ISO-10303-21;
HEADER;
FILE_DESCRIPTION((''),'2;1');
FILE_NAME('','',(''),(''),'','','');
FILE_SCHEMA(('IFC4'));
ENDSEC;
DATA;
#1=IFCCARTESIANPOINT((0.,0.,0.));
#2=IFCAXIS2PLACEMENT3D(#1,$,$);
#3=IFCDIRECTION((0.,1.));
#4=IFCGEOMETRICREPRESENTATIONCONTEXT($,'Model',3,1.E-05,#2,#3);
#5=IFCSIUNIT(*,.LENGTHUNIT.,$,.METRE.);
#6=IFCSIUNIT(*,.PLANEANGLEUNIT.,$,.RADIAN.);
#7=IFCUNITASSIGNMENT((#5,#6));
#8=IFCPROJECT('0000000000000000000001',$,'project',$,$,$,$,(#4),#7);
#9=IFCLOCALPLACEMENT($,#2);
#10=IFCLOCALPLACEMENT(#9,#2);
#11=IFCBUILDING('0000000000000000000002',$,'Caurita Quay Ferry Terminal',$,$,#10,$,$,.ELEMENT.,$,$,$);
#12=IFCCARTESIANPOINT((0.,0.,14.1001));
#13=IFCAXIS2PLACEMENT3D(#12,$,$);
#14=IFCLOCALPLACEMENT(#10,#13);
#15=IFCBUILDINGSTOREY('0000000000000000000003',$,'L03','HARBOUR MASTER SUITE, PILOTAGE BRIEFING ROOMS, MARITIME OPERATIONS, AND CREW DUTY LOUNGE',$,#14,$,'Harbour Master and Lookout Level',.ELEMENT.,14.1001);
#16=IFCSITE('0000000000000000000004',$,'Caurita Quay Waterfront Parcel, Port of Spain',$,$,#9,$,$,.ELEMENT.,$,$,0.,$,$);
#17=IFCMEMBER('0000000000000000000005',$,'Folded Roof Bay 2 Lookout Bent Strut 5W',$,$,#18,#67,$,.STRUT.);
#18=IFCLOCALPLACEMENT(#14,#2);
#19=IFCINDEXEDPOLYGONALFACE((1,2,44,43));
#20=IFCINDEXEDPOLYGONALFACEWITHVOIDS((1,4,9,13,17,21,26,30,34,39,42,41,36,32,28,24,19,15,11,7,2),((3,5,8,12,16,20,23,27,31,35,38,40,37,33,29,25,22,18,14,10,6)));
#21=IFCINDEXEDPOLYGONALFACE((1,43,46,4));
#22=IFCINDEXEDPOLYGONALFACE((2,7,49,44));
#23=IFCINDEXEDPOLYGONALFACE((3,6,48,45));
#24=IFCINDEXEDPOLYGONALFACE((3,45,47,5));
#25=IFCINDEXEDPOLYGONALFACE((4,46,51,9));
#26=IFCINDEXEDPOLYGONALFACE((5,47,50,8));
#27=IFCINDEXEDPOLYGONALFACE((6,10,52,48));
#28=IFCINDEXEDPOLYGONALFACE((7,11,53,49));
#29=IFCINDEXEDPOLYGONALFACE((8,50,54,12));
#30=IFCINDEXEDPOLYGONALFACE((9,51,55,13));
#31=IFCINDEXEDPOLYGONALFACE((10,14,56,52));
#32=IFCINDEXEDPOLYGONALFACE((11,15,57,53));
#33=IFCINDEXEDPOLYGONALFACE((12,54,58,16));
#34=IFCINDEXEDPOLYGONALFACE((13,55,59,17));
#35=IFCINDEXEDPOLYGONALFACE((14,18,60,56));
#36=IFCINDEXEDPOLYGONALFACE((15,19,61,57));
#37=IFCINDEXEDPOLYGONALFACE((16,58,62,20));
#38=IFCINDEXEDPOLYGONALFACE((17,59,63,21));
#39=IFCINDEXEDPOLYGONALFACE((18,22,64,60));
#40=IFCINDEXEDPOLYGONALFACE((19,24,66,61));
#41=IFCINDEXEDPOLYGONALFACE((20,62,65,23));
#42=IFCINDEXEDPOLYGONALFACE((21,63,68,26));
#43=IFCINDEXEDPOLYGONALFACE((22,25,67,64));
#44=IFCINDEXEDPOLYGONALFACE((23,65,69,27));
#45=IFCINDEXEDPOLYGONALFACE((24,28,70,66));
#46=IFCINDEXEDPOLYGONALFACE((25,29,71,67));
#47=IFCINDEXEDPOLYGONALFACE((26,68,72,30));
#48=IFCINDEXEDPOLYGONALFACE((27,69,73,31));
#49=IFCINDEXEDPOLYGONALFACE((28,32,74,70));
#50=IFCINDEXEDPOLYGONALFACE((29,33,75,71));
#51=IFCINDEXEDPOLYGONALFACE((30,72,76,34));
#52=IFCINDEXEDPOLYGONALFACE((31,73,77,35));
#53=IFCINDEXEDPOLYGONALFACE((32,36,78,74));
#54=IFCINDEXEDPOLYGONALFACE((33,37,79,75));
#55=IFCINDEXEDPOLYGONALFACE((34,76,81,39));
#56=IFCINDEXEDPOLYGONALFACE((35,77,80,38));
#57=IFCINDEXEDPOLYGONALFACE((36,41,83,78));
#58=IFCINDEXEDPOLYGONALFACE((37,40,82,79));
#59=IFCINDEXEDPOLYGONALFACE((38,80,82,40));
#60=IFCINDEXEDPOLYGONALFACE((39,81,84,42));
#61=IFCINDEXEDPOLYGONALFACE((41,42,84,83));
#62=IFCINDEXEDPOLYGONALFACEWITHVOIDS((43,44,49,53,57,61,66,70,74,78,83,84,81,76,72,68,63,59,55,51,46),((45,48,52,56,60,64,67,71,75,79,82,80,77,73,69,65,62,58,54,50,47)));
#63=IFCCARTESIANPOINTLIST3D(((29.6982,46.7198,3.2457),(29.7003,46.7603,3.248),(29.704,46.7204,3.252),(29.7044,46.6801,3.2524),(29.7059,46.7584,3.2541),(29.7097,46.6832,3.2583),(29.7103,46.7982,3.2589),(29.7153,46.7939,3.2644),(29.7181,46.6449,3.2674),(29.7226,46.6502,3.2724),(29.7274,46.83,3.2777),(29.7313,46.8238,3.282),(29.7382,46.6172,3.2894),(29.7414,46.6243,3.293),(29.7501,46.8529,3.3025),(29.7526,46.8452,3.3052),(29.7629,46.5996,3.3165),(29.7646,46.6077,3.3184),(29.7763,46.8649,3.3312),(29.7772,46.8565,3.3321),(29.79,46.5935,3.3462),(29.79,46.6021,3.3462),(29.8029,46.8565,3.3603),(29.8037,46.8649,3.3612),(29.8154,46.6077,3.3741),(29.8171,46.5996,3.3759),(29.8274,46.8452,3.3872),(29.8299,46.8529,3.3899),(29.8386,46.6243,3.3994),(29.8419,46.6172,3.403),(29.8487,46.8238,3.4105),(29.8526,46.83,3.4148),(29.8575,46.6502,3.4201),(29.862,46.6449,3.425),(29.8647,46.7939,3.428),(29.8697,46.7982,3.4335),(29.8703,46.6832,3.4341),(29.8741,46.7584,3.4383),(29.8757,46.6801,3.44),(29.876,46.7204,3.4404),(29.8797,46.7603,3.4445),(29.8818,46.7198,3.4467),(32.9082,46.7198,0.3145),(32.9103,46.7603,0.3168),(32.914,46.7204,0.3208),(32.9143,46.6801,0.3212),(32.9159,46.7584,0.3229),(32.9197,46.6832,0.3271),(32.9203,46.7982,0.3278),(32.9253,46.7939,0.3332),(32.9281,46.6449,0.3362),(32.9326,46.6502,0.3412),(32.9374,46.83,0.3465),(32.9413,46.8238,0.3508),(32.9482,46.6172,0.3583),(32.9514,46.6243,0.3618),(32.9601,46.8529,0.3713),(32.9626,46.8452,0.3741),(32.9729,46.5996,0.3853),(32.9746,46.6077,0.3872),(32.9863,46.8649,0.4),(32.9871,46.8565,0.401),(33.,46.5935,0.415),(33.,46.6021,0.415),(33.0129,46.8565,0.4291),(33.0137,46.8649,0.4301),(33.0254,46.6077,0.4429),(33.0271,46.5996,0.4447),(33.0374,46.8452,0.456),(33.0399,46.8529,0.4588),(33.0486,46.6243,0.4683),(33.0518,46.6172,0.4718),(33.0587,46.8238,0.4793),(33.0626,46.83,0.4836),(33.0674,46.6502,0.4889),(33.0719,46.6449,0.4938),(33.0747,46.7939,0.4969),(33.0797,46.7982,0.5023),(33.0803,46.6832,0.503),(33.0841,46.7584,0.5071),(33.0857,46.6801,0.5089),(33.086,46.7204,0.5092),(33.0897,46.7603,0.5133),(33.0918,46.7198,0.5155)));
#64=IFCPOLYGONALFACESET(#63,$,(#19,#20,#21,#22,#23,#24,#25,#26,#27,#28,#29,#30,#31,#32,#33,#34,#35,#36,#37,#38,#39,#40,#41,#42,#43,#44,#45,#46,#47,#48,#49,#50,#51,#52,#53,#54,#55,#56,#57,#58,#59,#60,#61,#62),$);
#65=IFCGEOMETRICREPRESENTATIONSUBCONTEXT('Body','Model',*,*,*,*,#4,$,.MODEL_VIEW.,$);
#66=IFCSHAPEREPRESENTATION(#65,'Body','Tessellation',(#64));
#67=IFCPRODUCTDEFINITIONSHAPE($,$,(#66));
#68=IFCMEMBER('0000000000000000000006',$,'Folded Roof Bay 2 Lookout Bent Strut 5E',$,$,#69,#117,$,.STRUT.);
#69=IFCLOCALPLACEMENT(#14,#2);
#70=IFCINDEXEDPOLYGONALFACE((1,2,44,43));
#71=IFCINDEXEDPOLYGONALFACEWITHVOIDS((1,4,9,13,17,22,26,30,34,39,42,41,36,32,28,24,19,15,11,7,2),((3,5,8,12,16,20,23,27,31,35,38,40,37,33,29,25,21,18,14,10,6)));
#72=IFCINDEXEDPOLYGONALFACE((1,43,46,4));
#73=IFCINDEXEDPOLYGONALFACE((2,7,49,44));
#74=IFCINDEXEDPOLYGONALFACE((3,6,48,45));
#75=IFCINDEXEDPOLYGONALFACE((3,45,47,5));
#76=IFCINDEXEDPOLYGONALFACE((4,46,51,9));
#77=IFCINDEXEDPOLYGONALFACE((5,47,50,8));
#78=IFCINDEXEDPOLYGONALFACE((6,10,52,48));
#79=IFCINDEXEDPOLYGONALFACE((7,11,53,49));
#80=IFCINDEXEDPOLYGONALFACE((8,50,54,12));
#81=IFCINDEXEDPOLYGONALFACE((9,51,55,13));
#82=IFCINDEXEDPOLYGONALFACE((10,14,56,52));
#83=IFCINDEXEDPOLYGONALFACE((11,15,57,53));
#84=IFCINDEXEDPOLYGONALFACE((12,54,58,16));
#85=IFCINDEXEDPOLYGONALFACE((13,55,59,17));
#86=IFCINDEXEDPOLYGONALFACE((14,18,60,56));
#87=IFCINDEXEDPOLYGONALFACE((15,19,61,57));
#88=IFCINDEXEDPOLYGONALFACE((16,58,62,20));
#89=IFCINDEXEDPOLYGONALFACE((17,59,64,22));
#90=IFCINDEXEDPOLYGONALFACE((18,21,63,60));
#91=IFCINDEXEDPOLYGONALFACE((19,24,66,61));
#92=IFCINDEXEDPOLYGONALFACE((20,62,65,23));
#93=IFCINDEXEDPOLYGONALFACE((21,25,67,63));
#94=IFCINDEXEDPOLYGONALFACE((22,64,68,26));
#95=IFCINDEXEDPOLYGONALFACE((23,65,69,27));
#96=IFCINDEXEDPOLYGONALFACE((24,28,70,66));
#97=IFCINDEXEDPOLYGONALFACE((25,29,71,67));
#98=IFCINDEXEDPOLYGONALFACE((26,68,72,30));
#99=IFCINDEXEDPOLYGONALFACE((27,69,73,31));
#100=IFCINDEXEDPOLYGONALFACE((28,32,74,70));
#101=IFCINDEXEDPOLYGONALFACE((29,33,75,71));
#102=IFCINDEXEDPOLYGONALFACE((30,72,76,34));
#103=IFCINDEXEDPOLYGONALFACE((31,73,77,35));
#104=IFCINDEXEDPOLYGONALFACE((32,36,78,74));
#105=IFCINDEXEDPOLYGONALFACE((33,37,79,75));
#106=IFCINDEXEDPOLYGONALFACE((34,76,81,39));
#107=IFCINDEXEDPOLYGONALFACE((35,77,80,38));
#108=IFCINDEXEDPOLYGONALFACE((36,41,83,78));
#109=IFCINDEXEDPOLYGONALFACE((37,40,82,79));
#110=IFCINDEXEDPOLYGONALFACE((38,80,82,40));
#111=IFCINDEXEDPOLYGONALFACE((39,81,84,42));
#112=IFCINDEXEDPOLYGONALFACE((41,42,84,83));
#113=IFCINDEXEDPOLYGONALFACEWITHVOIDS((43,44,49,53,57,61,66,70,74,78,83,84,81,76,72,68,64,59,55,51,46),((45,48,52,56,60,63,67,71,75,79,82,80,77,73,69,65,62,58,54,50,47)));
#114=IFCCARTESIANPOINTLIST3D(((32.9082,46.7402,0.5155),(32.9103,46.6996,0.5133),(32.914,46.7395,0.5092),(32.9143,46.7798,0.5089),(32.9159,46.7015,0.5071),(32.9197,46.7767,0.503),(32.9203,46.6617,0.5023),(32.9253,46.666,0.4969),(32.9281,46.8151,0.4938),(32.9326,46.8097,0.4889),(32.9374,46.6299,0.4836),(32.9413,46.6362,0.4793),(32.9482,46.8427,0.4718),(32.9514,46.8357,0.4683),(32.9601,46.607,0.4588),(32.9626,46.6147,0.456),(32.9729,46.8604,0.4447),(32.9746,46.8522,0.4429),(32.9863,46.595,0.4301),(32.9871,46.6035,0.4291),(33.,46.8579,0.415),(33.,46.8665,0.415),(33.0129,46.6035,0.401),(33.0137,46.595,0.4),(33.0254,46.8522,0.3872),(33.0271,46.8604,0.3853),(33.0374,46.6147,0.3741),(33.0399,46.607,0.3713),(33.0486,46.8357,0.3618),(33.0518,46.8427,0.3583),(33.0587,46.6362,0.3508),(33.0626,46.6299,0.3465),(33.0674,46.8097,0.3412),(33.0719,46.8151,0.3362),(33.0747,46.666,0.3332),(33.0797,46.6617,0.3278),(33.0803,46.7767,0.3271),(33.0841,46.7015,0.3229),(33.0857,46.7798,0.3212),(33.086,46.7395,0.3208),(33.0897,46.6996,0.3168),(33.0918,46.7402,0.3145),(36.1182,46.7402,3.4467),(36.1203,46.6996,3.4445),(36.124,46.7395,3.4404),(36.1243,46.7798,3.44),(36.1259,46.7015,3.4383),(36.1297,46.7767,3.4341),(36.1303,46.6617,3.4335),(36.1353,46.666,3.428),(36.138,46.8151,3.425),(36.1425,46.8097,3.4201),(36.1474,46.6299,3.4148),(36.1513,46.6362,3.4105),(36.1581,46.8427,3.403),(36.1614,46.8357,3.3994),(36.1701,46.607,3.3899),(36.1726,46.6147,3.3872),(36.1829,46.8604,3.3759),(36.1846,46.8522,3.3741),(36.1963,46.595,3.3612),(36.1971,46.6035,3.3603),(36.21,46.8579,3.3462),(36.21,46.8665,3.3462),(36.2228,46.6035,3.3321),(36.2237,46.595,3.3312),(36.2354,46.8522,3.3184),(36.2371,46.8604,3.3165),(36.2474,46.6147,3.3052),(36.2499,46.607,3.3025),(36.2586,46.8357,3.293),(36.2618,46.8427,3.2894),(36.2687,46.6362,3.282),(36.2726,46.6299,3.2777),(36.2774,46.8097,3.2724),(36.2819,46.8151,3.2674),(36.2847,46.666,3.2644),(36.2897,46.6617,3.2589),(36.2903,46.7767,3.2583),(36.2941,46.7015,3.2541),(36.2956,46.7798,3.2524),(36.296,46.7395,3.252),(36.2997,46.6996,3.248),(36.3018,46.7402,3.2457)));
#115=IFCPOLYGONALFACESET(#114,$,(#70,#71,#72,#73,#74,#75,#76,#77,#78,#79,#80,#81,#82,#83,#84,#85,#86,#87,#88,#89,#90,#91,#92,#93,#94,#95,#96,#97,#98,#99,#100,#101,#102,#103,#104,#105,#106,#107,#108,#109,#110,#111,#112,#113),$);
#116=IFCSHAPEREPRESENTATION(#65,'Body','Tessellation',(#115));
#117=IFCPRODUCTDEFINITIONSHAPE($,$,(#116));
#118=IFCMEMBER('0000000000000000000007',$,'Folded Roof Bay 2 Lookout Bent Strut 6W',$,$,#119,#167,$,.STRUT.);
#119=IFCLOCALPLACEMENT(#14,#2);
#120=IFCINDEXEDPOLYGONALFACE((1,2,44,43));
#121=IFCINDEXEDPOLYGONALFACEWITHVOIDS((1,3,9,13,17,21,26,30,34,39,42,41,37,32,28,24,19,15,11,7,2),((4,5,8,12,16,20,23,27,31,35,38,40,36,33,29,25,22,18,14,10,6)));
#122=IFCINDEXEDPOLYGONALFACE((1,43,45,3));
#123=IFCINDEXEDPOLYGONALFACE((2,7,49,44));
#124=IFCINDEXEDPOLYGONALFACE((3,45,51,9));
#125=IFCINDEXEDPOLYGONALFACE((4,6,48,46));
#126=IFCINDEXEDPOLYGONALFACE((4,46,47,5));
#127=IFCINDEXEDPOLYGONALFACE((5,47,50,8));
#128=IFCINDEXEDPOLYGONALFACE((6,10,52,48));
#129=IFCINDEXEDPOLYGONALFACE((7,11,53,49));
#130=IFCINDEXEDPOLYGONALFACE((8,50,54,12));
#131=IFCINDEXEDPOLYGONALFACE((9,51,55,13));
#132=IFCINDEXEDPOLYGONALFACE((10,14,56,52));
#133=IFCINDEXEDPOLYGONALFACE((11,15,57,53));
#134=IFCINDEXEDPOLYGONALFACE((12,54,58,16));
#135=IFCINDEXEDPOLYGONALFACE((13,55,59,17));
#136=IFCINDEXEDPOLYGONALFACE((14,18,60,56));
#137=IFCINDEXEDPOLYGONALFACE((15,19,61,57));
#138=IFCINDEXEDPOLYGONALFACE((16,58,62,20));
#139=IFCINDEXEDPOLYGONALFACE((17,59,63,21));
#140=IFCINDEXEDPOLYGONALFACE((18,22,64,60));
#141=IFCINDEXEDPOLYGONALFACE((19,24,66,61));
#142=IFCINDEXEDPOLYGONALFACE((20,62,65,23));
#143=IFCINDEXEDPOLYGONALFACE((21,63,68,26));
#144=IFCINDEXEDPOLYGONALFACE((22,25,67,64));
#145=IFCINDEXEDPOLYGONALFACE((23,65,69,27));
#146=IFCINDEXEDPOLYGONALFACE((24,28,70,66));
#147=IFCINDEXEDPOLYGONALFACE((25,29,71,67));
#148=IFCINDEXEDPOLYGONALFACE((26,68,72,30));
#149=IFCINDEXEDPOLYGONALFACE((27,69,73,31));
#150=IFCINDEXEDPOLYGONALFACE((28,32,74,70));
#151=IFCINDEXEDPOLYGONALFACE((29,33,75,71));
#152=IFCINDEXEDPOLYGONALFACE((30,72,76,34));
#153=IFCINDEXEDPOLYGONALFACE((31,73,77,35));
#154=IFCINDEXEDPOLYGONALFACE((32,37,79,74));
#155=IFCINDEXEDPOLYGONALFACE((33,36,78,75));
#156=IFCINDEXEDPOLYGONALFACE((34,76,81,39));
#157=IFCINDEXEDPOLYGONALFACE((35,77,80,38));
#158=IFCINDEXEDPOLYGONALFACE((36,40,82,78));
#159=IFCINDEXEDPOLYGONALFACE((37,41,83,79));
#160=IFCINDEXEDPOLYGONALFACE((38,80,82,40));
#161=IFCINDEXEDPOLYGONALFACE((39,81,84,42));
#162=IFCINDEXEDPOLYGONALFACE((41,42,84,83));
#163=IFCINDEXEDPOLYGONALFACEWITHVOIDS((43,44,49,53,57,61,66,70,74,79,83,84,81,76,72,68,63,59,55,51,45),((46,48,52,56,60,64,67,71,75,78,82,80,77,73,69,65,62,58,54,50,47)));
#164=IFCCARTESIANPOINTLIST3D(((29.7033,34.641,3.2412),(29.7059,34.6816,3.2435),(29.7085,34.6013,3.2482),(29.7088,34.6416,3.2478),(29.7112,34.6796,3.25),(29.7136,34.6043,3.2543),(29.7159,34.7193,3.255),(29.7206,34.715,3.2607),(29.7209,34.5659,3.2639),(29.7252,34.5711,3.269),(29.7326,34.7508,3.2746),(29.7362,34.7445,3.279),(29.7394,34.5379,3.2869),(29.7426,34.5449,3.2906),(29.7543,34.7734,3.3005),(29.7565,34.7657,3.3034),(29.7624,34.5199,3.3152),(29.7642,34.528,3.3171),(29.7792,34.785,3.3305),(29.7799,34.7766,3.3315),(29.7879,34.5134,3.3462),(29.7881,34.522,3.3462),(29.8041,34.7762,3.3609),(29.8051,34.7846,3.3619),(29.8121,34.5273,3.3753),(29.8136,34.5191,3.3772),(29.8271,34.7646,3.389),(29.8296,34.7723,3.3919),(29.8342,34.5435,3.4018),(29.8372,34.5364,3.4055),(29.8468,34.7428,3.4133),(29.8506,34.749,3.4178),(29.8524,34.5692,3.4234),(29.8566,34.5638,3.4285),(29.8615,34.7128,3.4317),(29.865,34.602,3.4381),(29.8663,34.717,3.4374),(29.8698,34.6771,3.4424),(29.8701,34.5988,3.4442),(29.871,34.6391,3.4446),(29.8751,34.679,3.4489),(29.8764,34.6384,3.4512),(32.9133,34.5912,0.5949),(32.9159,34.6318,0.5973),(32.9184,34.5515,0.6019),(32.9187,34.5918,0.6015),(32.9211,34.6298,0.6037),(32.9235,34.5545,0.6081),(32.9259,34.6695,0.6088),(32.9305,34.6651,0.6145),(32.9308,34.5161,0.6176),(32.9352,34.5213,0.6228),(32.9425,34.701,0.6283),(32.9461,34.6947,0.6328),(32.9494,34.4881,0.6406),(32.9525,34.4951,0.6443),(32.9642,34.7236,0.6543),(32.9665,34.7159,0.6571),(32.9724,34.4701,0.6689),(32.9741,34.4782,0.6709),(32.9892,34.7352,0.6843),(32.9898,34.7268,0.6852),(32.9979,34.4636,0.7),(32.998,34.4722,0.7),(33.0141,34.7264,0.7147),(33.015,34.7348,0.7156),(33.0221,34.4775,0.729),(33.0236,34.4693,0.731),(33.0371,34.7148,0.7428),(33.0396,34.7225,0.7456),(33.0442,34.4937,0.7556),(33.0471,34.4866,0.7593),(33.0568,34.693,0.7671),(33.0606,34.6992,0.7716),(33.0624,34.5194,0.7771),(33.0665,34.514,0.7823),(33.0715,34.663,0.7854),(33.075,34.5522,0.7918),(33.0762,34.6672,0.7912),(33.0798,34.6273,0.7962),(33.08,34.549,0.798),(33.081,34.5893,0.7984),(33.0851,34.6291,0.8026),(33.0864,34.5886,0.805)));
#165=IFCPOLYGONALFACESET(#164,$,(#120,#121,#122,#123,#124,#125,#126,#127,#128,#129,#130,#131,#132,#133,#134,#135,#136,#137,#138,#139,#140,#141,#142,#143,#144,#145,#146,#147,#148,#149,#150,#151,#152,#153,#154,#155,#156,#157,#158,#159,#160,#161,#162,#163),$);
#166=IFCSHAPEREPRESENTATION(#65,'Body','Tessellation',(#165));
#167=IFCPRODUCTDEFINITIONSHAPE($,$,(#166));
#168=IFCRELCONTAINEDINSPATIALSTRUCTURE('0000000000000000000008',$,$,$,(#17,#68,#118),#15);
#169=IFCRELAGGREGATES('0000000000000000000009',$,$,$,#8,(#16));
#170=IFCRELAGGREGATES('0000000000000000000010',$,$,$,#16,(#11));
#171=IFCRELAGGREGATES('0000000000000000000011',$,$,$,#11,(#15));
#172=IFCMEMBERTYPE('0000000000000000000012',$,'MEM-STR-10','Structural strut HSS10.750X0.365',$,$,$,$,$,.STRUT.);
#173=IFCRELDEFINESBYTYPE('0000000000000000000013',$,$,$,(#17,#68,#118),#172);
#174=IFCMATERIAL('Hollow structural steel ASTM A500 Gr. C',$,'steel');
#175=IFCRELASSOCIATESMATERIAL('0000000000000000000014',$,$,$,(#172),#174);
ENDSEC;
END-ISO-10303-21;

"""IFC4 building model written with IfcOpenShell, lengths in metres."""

from ifc_helpers import new_model, si_unit, direction, frame, origin, origin_2d, place, context, subcontext, project, spatial, hollow_circle, extrude, material, material_profile, profile_set, type_object, element, save


model = new_model("IFC4")

# Units and contexts
model_context = context("Model", 3, precision=1e-05, world=origin(), true_north=direction((0.0, 1.0)))
body_context = subcontext(model_context, "Body", "Model", "MODEL_VIEW")
ifc_project = project(units=[si_unit("LENGTHUNIT", "METRE"), si_unit("PLANEANGLEUNIT", "RADIAN")], contexts=[model_context])

# Site, building, storey
site_placement = place(None, origin())
site = spatial("IfcSite", under=ifc_project, at=site_placement, Name="Caurita Quay Waterfront Parcel, Port of Spain", CompositionType="ELEMENT", RefElevation=0.0)
building_placement = place(site_placement, origin())
building = spatial("IfcBuilding", under=site, at=building_placement, Name="Caurita Quay Ferry Terminal", CompositionType="ELEMENT")
storey_placement = place(building_placement, frame((0.0, 0.0, 14.1001)))
storey = spatial("IfcBuildingStorey", under=building, at=storey_placement, Name="L03", Description="HARBOUR MASTER SUITE, PILOTAGE BRIEFING ROOMS, MARITIME OPERATIONS, AND CREW DUTY LOUNGE", LongName="Harbour Master and Lookout Level", CompositionType="ELEMENT", Elevation=14.1001)

# Shared definitions
ifc_material_1 = material(Name="Hollow structural steel ASTM A500 Gr. C", Category="steel")

# Members
ifc_material_profile_1 = material_profile(ifc_material_1, hollow_circle(Radius=0.1365, WallThickness=0.0085, at=origin_2d()), Name="HSS10.750X0.365")
ifc_profile_set_1 = profile_set([ifc_material_profile_1], Name="Hollow structural steel ASTM A500 Gr. C")
member_type_1 = type_object("IfcMemberType", Name="MEM-STR-10", Description="Structural strut HSS10.750X0.365", PredefinedType="STRUT", material=ifc_profile_set_1)
for number, where, z_axis, x_axis, name in (
    (1, (33.0, 46.73, 0.415), (-0.738449, 0.0, 0.674309), (0.0, -1.0, 0.0), "Folded Roof Bay 2 Lookout Bent Strut 5W"),
    (2, (33.0, 46.73, 0.415), (0.738449, 0.0, 0.674309), (0.0, 1.0, 0.0), "Folded Roof Bay 2 Lookout Bent Strut 5E"),
):
    element("IfcMember", number, at=place(storey_placement, frame(where, z_axis=z_axis, x_axis=x_axis)), inside=storey, type_object=member_type_1, Name=name, PredefinedType="STRUT", context=body_context, shape_type="SweptSolid", body=[
        extrude(hollow_circle(Radius=0.1365, WallThickness=0.0085, at=origin_2d()), origin(), (0.0, 0.0, 1.0), 4.3469),
    ])
for number, where, z_axis, x_axis, name in (
    (3, (33.0, 34.6001, 0.7), (-0.771551, 0.011971, 0.636054), (-0.015514, -0.99988, 0.0), "Folded Roof Bay 2 Lookout Bent Strut 6W"),
):
    element("IfcMember", number, at=place(storey_placement, frame(where, z_axis=z_axis, x_axis=x_axis)), inside=storey, type_object=member_type_1, Name=name, PredefinedType="STRUT", context=body_context, shape_type="SweptSolid", body=[
        extrude(hollow_circle(Radius=0.1365, WallThickness=0.0085, at=origin_2d()), origin(), (0.0, 0.0, 1.0), 4.1604),
    ])

save(model, "model.ifc")
